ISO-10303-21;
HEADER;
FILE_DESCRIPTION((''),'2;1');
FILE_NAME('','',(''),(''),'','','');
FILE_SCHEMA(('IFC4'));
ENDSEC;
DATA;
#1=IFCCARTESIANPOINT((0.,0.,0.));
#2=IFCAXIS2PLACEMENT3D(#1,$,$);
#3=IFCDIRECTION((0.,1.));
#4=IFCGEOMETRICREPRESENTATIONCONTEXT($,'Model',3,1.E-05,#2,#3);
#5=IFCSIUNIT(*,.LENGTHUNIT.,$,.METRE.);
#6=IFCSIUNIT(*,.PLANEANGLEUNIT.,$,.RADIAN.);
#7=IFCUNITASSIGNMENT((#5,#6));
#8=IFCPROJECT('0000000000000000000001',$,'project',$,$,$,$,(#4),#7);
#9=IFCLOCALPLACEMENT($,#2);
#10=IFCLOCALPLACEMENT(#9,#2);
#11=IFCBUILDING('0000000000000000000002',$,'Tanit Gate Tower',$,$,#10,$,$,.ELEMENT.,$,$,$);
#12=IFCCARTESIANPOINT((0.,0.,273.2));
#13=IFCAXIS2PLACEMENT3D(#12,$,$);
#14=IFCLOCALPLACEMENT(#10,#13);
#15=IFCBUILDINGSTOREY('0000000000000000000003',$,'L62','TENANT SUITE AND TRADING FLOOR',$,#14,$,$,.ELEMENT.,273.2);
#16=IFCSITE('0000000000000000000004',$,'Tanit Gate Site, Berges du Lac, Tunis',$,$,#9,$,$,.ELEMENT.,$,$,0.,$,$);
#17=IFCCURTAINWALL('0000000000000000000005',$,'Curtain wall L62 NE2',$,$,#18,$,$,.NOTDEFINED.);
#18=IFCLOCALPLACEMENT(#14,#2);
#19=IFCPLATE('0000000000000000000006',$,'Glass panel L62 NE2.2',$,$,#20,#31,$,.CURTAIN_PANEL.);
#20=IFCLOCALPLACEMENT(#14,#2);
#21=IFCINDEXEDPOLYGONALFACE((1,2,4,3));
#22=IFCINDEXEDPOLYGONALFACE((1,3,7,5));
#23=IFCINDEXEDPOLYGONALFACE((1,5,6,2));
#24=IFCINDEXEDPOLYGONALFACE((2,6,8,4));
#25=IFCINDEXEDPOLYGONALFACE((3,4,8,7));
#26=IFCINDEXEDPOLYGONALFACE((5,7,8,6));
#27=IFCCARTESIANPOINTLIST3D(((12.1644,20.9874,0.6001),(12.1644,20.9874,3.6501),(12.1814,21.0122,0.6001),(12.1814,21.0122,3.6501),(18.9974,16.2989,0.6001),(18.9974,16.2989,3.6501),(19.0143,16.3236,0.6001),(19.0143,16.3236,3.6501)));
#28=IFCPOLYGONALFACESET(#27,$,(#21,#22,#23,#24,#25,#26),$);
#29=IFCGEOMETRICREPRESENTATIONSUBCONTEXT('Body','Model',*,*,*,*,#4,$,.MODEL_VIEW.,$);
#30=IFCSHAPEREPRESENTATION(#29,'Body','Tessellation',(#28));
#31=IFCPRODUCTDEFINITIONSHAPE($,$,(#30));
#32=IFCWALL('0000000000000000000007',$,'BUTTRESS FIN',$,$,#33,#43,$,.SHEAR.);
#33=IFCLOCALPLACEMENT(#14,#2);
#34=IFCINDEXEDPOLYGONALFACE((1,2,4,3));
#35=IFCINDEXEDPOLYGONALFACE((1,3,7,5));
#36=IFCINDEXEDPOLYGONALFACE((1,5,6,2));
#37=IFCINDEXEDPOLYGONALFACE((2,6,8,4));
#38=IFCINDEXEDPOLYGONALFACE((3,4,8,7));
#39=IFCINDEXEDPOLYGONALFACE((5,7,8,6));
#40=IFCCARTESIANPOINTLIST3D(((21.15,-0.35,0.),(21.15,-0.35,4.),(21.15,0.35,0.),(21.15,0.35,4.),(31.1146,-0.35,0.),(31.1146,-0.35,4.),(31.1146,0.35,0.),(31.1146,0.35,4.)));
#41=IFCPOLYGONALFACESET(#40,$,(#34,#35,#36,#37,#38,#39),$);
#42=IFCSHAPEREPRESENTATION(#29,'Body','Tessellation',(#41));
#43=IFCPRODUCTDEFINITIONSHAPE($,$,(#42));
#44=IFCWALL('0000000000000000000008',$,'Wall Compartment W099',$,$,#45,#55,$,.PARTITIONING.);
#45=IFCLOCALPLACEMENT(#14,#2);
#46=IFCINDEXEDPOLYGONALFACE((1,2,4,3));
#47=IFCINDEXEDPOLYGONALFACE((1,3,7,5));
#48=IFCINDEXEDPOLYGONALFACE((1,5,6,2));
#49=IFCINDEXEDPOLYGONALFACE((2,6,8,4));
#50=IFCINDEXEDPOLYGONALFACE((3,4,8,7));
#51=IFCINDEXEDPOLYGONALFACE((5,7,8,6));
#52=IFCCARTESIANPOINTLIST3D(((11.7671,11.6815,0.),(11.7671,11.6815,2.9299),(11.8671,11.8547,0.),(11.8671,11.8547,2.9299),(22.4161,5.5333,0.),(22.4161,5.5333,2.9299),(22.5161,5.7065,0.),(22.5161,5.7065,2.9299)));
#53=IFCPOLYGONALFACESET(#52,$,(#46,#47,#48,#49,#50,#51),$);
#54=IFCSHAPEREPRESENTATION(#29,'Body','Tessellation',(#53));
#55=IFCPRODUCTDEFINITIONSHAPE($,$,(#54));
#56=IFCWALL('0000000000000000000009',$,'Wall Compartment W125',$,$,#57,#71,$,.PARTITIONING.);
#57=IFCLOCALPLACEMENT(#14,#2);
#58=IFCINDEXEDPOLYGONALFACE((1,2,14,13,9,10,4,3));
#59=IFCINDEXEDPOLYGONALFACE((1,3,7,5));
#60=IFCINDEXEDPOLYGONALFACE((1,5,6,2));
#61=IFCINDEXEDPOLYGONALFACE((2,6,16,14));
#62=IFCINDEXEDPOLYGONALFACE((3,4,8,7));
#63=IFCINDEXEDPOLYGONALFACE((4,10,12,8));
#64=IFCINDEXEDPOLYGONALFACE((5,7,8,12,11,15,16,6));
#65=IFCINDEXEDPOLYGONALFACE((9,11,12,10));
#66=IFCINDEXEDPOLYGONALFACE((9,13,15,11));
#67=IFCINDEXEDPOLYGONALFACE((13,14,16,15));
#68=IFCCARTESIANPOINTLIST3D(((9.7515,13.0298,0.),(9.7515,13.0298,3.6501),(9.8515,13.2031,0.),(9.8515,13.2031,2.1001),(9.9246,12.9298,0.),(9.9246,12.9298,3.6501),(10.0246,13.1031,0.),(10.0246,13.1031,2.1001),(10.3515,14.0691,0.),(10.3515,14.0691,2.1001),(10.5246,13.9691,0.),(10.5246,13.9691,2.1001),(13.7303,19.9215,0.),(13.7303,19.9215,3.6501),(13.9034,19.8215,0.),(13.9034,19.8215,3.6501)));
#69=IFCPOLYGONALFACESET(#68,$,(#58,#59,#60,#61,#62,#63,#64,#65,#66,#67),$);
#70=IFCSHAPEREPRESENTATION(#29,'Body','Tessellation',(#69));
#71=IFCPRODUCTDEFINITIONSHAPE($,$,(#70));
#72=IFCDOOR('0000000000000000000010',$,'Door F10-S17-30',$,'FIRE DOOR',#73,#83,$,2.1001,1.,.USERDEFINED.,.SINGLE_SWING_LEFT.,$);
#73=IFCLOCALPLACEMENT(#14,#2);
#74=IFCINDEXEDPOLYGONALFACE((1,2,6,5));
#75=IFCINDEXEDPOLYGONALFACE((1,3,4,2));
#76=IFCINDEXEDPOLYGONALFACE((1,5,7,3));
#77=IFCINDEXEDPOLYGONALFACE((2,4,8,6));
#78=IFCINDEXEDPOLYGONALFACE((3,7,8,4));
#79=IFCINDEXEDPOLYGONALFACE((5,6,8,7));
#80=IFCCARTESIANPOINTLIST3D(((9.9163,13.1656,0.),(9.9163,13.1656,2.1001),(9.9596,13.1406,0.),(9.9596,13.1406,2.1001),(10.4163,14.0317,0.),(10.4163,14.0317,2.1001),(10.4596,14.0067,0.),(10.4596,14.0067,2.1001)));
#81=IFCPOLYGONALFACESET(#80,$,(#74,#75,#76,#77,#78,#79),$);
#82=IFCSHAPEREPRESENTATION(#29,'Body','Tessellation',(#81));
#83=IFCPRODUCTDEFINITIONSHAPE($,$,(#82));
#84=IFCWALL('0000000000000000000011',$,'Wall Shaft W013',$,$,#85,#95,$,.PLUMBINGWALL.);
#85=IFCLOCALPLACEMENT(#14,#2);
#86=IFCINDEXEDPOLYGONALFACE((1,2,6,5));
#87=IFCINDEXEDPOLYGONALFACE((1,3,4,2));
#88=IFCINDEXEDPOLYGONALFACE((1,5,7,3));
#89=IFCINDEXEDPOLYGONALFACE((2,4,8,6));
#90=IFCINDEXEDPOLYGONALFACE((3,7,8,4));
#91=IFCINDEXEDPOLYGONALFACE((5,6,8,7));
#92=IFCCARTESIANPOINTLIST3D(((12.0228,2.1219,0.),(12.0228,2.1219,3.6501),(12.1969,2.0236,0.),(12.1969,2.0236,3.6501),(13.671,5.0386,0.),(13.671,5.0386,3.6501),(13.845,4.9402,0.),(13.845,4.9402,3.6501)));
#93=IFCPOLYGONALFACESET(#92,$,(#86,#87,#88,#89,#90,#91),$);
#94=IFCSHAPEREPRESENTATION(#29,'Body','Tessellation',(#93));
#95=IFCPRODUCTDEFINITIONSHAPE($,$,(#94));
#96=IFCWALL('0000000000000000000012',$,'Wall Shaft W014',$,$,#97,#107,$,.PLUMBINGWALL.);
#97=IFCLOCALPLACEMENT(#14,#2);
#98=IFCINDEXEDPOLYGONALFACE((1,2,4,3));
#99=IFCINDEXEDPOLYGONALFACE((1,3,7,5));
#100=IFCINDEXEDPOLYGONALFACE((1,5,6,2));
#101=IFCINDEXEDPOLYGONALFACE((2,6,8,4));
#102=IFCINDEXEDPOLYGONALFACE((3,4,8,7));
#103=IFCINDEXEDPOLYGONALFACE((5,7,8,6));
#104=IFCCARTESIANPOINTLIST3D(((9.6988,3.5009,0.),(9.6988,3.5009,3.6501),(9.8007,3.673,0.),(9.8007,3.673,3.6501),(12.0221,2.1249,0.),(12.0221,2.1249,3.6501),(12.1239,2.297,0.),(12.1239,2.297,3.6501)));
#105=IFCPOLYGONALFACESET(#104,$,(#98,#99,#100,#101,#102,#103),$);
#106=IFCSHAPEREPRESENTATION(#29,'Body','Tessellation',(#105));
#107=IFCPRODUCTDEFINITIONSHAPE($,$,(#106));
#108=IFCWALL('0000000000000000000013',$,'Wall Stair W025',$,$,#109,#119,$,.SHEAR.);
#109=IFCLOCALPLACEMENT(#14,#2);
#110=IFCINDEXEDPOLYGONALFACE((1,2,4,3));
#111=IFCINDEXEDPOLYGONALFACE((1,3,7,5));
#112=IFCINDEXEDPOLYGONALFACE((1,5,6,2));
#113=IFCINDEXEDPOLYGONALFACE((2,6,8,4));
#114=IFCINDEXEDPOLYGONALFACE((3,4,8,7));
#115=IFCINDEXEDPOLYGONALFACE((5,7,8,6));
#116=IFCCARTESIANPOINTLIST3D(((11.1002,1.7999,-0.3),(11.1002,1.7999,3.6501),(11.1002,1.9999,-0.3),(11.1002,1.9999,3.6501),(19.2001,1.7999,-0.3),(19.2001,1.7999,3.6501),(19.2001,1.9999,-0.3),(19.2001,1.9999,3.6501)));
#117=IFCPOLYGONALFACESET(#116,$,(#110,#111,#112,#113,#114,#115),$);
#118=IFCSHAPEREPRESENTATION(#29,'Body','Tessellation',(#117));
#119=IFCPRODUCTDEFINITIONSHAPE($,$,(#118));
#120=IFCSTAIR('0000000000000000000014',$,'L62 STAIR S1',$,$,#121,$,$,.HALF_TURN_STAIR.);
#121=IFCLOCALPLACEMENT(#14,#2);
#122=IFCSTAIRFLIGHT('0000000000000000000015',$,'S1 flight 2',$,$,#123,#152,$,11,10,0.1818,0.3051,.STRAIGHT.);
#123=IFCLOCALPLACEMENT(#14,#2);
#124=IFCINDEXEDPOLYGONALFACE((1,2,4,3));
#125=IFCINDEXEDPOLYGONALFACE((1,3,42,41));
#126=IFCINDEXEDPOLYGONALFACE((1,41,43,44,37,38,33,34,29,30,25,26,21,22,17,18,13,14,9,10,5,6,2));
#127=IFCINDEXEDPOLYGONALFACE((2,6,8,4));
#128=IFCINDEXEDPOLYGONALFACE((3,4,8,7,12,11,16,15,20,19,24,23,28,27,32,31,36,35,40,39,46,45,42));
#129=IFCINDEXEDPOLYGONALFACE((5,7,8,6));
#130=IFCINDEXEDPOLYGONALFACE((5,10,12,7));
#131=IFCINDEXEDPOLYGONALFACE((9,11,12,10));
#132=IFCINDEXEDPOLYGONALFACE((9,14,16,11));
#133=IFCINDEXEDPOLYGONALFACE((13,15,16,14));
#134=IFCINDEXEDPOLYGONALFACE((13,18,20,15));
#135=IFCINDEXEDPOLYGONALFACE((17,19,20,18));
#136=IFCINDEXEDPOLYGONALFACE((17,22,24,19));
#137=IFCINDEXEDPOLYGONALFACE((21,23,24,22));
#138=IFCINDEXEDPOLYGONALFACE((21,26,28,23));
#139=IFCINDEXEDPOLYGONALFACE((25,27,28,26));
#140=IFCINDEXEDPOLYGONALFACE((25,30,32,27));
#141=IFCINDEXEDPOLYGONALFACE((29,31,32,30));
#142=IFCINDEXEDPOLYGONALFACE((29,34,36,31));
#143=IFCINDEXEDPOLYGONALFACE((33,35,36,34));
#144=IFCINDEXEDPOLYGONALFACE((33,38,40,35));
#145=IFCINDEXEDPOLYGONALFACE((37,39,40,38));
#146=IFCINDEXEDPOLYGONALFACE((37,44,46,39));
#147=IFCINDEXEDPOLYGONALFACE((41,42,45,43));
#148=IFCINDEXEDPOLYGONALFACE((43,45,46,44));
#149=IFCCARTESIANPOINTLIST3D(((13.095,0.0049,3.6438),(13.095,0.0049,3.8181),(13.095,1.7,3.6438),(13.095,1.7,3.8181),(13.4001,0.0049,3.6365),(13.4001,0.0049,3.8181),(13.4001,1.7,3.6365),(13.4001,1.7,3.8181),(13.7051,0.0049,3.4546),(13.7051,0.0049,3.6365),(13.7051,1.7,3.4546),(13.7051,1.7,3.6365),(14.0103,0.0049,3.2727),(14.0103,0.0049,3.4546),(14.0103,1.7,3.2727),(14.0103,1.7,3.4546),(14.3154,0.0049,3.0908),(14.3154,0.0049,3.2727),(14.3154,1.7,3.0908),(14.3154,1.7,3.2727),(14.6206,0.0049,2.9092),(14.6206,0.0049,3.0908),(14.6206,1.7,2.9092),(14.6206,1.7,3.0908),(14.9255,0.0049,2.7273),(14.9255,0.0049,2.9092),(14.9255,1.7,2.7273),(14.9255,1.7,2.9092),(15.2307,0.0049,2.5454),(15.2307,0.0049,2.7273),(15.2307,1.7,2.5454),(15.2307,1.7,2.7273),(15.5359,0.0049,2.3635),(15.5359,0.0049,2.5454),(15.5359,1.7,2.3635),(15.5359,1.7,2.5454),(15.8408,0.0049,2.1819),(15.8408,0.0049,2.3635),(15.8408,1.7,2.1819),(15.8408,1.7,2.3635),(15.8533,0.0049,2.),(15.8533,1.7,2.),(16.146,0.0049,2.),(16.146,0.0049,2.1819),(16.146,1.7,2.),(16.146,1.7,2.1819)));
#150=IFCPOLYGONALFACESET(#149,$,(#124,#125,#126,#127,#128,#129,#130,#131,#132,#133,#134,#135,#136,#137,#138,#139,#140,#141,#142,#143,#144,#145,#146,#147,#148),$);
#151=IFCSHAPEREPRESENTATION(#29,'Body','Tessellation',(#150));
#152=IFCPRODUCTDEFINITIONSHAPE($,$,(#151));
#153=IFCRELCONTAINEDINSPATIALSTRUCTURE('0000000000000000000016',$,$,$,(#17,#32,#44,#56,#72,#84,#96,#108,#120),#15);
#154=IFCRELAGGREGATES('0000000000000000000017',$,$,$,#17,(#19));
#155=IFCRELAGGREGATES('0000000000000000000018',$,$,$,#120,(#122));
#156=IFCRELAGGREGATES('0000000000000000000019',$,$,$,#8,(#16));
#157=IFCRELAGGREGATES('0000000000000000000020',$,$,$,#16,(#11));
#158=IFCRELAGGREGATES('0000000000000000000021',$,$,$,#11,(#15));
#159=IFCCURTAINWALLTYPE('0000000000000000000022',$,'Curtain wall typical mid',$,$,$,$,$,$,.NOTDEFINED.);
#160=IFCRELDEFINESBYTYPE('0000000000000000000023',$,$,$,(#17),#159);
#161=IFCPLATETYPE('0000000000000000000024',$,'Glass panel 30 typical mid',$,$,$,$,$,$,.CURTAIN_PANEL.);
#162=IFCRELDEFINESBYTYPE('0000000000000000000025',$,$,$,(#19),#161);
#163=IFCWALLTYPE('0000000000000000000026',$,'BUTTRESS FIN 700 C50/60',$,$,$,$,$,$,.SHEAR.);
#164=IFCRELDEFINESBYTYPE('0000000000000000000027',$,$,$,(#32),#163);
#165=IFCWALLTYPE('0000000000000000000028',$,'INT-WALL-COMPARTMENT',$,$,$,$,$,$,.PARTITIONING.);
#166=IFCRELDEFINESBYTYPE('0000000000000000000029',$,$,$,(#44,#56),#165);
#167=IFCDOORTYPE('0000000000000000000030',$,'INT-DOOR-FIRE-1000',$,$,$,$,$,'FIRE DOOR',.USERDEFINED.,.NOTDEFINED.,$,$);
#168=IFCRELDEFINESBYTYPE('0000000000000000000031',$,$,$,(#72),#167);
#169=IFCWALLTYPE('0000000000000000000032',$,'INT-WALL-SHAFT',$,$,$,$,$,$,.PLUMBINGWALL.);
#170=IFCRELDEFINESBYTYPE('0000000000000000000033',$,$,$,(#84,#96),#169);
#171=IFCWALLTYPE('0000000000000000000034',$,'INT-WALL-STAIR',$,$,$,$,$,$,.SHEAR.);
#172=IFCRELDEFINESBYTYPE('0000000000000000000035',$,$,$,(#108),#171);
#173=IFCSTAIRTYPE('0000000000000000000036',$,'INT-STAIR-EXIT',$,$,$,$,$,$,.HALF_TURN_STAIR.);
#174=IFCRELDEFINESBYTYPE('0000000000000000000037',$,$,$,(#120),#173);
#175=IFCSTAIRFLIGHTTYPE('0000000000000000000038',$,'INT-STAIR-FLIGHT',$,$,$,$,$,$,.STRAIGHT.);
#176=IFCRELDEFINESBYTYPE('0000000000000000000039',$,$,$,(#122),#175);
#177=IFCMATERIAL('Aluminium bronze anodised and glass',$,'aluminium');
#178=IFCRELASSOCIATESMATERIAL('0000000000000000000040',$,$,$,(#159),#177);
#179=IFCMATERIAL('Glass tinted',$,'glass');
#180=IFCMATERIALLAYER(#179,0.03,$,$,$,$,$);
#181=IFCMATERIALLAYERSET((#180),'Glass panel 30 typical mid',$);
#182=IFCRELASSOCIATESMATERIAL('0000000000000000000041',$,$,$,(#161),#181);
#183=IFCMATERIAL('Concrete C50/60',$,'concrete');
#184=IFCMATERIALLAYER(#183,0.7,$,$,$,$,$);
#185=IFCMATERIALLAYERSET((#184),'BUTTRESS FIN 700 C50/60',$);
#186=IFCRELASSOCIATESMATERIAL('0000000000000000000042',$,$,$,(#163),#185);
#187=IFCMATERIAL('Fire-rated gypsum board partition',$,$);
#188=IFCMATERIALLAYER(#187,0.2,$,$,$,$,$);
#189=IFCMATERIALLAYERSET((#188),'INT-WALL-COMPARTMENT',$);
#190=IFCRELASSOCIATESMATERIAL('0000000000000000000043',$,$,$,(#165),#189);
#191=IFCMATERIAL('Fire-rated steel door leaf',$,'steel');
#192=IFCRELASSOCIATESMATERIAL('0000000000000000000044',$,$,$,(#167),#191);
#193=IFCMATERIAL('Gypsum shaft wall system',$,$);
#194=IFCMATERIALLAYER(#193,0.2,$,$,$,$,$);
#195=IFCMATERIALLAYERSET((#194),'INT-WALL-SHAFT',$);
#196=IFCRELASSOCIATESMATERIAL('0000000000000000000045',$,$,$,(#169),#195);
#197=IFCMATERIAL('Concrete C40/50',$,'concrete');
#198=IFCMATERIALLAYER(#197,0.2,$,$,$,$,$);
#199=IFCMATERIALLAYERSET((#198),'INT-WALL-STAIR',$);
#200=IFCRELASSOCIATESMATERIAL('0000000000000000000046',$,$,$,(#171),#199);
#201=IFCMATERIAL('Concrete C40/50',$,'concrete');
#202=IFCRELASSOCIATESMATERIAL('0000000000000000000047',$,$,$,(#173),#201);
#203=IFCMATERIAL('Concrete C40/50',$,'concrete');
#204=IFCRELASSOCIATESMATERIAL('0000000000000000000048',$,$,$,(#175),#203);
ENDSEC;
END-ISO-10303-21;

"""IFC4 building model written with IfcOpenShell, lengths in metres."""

from ifc_helpers import new_model, si_unit, direction, frame, frame_2d, origin, origin_2d, place, context, subcontext, project, spatial, polyline, rectangle, outline, extrude, material, layer, layer_set, type_object, element, fill, aggregate, save


model = new_model("IFC4")

# Units and contexts
model_context = context("Model", 3, precision=1e-05, world=origin(), true_north=direction((0.0, 1.0)))
body_context = subcontext(model_context, "Body", "Model", "MODEL_VIEW")
ifc_project = project(units=[si_unit("LENGTHUNIT", "METRE"), si_unit("PLANEANGLEUNIT", "RADIAN")], contexts=[model_context])

# Site, building, storey
site_placement = place(None, origin())
site = spatial("IfcSite", under=ifc_project, at=site_placement, Name="Tanit Gate Site, Berges du Lac, Tunis", CompositionType="ELEMENT", RefElevation=0.0)
building_placement = place(site_placement, origin())
building = spatial("IfcBuilding", under=site, at=building_placement, Name="Tanit Gate Tower", CompositionType="ELEMENT")
storey_placement = place(building_placement, frame((0.0, 0.0, 273.2)))
storey = spatial("IfcBuildingStorey", under=building, at=storey_placement, Name="L62", Description="TENANT SUITE AND TRADING FLOOR", CompositionType="ELEMENT", Elevation=273.2)

# Curtain wall
ifc_material_1 = material(Name="Aluminium bronze anodised and glass", Category="aluminium")
curtain_wall_type = type_object("IfcCurtainWallType", Name="Curtain wall typical mid", PredefinedType="NOTDEFINED", material=ifc_material_1)
curtain_wall_placement = place(storey_placement, origin())
curtain_wall = element("IfcCurtainWall", 1, at=curtain_wall_placement, inside=storey, type_object=curtain_wall_type, Name="Curtain wall L62 NE2", PredefinedType="NOTDEFINED")

# Plate
ifc_material_2 = material(Name="Glass tinted", Category="glass")
ifc_layer_1 = layer(ifc_material_2, 0.03)
ifc_layer_set_1 = layer_set([ifc_layer_1], Name="Glass panel 30 typical mid")
plate_type = type_object("IfcPlateType", Name="Glass panel 30 typical mid", PredefinedType="CURTAIN_PANEL", material=ifc_layer_set_1)
plate_1_placement = place(storey_placement, frame((15.5894, 18.6555, 0.6001), z_axis=(0.0, 0.0, 1.0), x_axis=(-0.824557, 0.56578, 0.0)))
plate_1 = element("IfcPlate", 2, at=plate_1_placement, type_object=plate_type, Name="Glass panel L62 NE2.2", PredefinedType="CURTAIN_PANEL", context=body_context, shape_type="SweptSolid", body=[
    extrude(rectangle(XDim=8.2869, YDim=0.03, at=origin_2d()), origin(), (0.0, 0.0, 1.0), 3.05),
])
aggregate(curtain_wall, [plate_1])

# Wall
ifc_material_3 = material(Name="Concrete C50/60", Category="concrete")
ifc_layer_2 = layer(ifc_material_3, 0.7)
ifc_layer_set_2 = layer_set([ifc_layer_2], Name="BUTTRESS FIN 700 C50/60")
wall_type_1 = type_object("IfcWallType", Name="BUTTRESS FIN 700 C50/60", PredefinedType="SHEAR", material=ifc_layer_set_2)
wall_1_placement = place(storey_placement, frame((21.1499, 0.0, 0.0), z_axis=(0.0, 0.0, 1.0), x_axis=(1.0, 0.0, 0.0)))
element("IfcWall", 3, at=wall_1_placement, inside=storey, type_object=wall_type_1, Name="BUTTRESS FIN", PredefinedType="SHEAR", context=body_context, shape_type="SweptSolid", body=[
    extrude(rectangle(XDim=9.9646, YDim=0.7, at=frame_2d((4.9824, 0.0))), origin(), (0.0, 0.0, 1.0), 4.0),
])

# Wall
ifc_material_4 = material(Name="Fire-rated gypsum board partition")
ifc_layer_3 = layer(ifc_material_4, 0.2)
ifc_layer_set_3 = layer_set([ifc_layer_3], Name="INT-WALL-COMPARTMENT")
wall_type_2 = type_object("IfcWallType", Name="INT-WALL-COMPARTMENT", PredefinedType="PARTITIONING", material=ifc_layer_set_3)
wall_2_placement = place(storey_placement, frame((22.4661, 5.6199, 0.0), z_axis=(0.0, 0.0, 1.0), x_axis=(-0.866024, 0.500002, 0.0)))
element("IfcWall", 4, at=wall_2_placement, inside=storey, type_object=wall_type_2, Name="Wall Compartment W099", PredefinedType="PARTITIONING", context=body_context, shape_type="SweptSolid", body=[
    extrude(rectangle(XDim=12.2964, YDim=0.2, at=frame_2d((6.1482, 0.0))), origin(), (0.0, 0.0, 1.0), 2.9299),
])

# Wall, opening, door
wall_3_placement = place(storey_placement, frame((13.8169, 19.8716, 0.0), z_axis=(0.0, 0.0, 1.0), x_axis=(-0.49999, -0.866031, 0.0)))
wall_3 = element("IfcWall", 5, at=wall_3_placement, inside=storey, type_object=wall_type_2, Name="Wall Compartment W125", PredefinedType="PARTITIONING", context=body_context, shape_type="SweptSolid", body=[
    extrude(rectangle(XDim=7.9578, YDim=0.2, at=frame_2d((3.979, 0.0))), origin(), (0.0, 0.0, 1.0), 3.6501),
])
opening_1_placement = place(wall_3_placement, frame((6.7578, 0.0, 0.0)))
opening_1 = element("IfcOpeningElement", 6, at=opening_1_placement, cuts=wall_3, PredefinedType="OPENING", context=body_context, shape_type="SweptSolid", body=[
    extrude(rectangle(XDim=1.0, YDim=2.1001, at=frame_2d((0.5, 1.05))), frame((0.0, 0.1099, 0.0), z_axis=(0.0, -1.0, 0.0), x_axis=(1.0, 0.0, 0.0)), (0.0, 0.0, 1.0), 0.22),
])
ifc_material_5 = material(Name="Fire-rated steel door leaf", Category="steel")
door_type_1 = type_object("IfcDoorType", Name="INT-DOOR-FIRE-1000", ElementType="FIRE DOOR", OperationType="NOTDEFINED", PredefinedType="USERDEFINED", material=ifc_material_5)
door_1_placement = place(opening_1_placement, origin())
door_1 = element("IfcDoor", 7, at=door_1_placement, inside=storey, type_object=door_type_1, Name="Door F10-S17-30", ObjectType="FIRE DOOR", OperationType="SINGLE_SWING_LEFT", OverallHeight=2.1001, OverallWidth=1.0, PredefinedType="USERDEFINED", context=body_context, shape_type="SweptSolid", body=[
    extrude(rectangle(XDim=1.0, YDim=2.1001, at=frame_2d((0.5, 1.05))), frame((0.0, 0.0249, 0.0), z_axis=(0.0, -1.0, 0.0), x_axis=(1.0, 0.0, 0.0)), (0.0, 0.0, 1.0), 0.05),
])
fill(opening_1, door_1)

# Walls
ifc_material_6 = material(Name="Gypsum shaft wall system")
ifc_layer_4 = layer(ifc_material_6, 0.2)
ifc_layer_set_4 = layer_set([ifc_layer_4], Name="INT-WALL-SHAFT")
wall_type_3 = type_object("IfcWallType", Name="INT-WALL-SHAFT", PredefinedType="PLUMBINGWALL", material=ifc_layer_set_4)
wall_4_placement = place(storey_placement, frame((12.1099, 2.0728, 0.0), z_axis=(0.0, 0.0, 1.0), x_axis=(0.491966, 0.870614, 0.0)))
element("IfcWall", 8, at=wall_4_placement, inside=storey, type_object=wall_type_3, Name="Wall Shaft W013", PredefinedType="PLUMBINGWALL", context=body_context, shape_type="SweptSolid", body=[
    extrude(rectangle(XDim=3.3501, YDim=0.2, at=frame_2d((1.675, 0.0))), origin(), (0.0, 0.0, 1.0), 3.6501),
])
wall_5_placement = place(storey_placement, frame((12.073, 2.2109, 0.0), z_axis=(0.0, 0.0, 1.0), x_axis=(-0.860415, 0.509594, 0.0)))
element("IfcWall", 9, at=wall_5_placement, inside=storey, type_object=wall_type_3, Name="Wall Shaft W014", PredefinedType="PLUMBINGWALL", context=body_context, shape_type="SweptSolid", body=[
    extrude(rectangle(XDim=2.7002, YDim=0.2, at=frame_2d((1.3501, 0.0))), origin(), (0.0, 0.0, 1.0), 3.6501),
])
ifc_material_7 = material(Name="Concrete C40/50", Category="concrete")
ifc_layer_5 = layer(ifc_material_7, 0.2)
ifc_layer_set_5 = layer_set([ifc_layer_5], Name="INT-WALL-STAIR")
wall_type_4 = type_object("IfcWallType", Name="INT-WALL-STAIR", PredefinedType="SHEAR", material=ifc_layer_set_5)
wall_6_placement = place(storey_placement, frame((19.2, 1.8999, -0.3), z_axis=(0.0, 0.0, 1.0), x_axis=(-1.0, 0.0, 0.0)))
element("IfcWall", 10, at=wall_6_placement, inside=storey, type_object=wall_type_4, Name="Wall Stair W025", PredefinedType="SHEAR", context=body_context, shape_type="SweptSolid", body=[
    extrude(rectangle(XDim=8.0999, YDim=0.2, at=frame_2d((4.0498, 0.0))), origin(), (0.0, 0.0, 1.0), 3.9502),
])

# Stair, stair flight
ifc_material_8 = material(Name="Concrete C40/50", Category="concrete")
stair_type = type_object("IfcStairType", Name="INT-STAIR-EXIT", PredefinedType="HALF_TURN_STAIR", material=ifc_material_8)
stair_placement = place(storey_placement, origin())
stair = element("IfcStair", 11, at=stair_placement, inside=storey, type_object=stair_type, Name="L62 STAIR S1", PredefinedType="HALF_TURN_STAIR")
ifc_material_9 = material(Name="Concrete C40/50", Category="concrete")
stair_flight_type = type_object("IfcStairFlightType", Name="INT-STAIR-FLIGHT", PredefinedType="STRAIGHT", material=ifc_material_9)
stair_flight_placement = place(storey_placement, frame((16.146, 0.8525, 2.0), z_axis=(0.0, 0.0, 1.0), x_axis=(-1.0, 0.0, 0.0)))
stair_flight = element("IfcStairFlight", 12, at=stair_flight_placement, type_object=stair_flight_type, Name="S1 flight 2", NumberOfRisers=11, NumberOfTreads=10, PredefinedType="STRAIGHT", RiserHeight=0.1818, TreadLength=0.3051, context=body_context, shape_type="SweptSolid", body=[
    extrude(outline(polyline([(0.0, 0.0), (0.0, 0.1819), (0.3052, 0.1819), (0.3052, 0.3635), (0.6101, 0.3635), (0.6101, 0.5454), (0.9153, 0.5454), (0.9153, 0.7273), (1.2205, 0.7273), (1.2205, 0.9092), (1.5254, 0.9092), (1.5254, 1.0908), (1.8306, 1.0908), (1.8306, 1.2727), (2.1357, 1.2727), (2.1357, 1.4546), (2.4409, 1.4546), (2.4409, 1.6365), (2.7458, 1.6365), (2.7458, 1.8181), (3.051, 1.8181), (3.051, 2.0), (3.051, 1.6438), (0.2927, 0.0), (0.0, 0.0)])), frame((0.0, 0.8477, 0.0), z_axis=(0.0, -1.0, 0.0), x_axis=(1.0, 0.0, 0.0)), (0.0, 0.0, 1.0), 1.6951),
])
aggregate(stair, [stair_flight])

save(model, "model.ifc")
